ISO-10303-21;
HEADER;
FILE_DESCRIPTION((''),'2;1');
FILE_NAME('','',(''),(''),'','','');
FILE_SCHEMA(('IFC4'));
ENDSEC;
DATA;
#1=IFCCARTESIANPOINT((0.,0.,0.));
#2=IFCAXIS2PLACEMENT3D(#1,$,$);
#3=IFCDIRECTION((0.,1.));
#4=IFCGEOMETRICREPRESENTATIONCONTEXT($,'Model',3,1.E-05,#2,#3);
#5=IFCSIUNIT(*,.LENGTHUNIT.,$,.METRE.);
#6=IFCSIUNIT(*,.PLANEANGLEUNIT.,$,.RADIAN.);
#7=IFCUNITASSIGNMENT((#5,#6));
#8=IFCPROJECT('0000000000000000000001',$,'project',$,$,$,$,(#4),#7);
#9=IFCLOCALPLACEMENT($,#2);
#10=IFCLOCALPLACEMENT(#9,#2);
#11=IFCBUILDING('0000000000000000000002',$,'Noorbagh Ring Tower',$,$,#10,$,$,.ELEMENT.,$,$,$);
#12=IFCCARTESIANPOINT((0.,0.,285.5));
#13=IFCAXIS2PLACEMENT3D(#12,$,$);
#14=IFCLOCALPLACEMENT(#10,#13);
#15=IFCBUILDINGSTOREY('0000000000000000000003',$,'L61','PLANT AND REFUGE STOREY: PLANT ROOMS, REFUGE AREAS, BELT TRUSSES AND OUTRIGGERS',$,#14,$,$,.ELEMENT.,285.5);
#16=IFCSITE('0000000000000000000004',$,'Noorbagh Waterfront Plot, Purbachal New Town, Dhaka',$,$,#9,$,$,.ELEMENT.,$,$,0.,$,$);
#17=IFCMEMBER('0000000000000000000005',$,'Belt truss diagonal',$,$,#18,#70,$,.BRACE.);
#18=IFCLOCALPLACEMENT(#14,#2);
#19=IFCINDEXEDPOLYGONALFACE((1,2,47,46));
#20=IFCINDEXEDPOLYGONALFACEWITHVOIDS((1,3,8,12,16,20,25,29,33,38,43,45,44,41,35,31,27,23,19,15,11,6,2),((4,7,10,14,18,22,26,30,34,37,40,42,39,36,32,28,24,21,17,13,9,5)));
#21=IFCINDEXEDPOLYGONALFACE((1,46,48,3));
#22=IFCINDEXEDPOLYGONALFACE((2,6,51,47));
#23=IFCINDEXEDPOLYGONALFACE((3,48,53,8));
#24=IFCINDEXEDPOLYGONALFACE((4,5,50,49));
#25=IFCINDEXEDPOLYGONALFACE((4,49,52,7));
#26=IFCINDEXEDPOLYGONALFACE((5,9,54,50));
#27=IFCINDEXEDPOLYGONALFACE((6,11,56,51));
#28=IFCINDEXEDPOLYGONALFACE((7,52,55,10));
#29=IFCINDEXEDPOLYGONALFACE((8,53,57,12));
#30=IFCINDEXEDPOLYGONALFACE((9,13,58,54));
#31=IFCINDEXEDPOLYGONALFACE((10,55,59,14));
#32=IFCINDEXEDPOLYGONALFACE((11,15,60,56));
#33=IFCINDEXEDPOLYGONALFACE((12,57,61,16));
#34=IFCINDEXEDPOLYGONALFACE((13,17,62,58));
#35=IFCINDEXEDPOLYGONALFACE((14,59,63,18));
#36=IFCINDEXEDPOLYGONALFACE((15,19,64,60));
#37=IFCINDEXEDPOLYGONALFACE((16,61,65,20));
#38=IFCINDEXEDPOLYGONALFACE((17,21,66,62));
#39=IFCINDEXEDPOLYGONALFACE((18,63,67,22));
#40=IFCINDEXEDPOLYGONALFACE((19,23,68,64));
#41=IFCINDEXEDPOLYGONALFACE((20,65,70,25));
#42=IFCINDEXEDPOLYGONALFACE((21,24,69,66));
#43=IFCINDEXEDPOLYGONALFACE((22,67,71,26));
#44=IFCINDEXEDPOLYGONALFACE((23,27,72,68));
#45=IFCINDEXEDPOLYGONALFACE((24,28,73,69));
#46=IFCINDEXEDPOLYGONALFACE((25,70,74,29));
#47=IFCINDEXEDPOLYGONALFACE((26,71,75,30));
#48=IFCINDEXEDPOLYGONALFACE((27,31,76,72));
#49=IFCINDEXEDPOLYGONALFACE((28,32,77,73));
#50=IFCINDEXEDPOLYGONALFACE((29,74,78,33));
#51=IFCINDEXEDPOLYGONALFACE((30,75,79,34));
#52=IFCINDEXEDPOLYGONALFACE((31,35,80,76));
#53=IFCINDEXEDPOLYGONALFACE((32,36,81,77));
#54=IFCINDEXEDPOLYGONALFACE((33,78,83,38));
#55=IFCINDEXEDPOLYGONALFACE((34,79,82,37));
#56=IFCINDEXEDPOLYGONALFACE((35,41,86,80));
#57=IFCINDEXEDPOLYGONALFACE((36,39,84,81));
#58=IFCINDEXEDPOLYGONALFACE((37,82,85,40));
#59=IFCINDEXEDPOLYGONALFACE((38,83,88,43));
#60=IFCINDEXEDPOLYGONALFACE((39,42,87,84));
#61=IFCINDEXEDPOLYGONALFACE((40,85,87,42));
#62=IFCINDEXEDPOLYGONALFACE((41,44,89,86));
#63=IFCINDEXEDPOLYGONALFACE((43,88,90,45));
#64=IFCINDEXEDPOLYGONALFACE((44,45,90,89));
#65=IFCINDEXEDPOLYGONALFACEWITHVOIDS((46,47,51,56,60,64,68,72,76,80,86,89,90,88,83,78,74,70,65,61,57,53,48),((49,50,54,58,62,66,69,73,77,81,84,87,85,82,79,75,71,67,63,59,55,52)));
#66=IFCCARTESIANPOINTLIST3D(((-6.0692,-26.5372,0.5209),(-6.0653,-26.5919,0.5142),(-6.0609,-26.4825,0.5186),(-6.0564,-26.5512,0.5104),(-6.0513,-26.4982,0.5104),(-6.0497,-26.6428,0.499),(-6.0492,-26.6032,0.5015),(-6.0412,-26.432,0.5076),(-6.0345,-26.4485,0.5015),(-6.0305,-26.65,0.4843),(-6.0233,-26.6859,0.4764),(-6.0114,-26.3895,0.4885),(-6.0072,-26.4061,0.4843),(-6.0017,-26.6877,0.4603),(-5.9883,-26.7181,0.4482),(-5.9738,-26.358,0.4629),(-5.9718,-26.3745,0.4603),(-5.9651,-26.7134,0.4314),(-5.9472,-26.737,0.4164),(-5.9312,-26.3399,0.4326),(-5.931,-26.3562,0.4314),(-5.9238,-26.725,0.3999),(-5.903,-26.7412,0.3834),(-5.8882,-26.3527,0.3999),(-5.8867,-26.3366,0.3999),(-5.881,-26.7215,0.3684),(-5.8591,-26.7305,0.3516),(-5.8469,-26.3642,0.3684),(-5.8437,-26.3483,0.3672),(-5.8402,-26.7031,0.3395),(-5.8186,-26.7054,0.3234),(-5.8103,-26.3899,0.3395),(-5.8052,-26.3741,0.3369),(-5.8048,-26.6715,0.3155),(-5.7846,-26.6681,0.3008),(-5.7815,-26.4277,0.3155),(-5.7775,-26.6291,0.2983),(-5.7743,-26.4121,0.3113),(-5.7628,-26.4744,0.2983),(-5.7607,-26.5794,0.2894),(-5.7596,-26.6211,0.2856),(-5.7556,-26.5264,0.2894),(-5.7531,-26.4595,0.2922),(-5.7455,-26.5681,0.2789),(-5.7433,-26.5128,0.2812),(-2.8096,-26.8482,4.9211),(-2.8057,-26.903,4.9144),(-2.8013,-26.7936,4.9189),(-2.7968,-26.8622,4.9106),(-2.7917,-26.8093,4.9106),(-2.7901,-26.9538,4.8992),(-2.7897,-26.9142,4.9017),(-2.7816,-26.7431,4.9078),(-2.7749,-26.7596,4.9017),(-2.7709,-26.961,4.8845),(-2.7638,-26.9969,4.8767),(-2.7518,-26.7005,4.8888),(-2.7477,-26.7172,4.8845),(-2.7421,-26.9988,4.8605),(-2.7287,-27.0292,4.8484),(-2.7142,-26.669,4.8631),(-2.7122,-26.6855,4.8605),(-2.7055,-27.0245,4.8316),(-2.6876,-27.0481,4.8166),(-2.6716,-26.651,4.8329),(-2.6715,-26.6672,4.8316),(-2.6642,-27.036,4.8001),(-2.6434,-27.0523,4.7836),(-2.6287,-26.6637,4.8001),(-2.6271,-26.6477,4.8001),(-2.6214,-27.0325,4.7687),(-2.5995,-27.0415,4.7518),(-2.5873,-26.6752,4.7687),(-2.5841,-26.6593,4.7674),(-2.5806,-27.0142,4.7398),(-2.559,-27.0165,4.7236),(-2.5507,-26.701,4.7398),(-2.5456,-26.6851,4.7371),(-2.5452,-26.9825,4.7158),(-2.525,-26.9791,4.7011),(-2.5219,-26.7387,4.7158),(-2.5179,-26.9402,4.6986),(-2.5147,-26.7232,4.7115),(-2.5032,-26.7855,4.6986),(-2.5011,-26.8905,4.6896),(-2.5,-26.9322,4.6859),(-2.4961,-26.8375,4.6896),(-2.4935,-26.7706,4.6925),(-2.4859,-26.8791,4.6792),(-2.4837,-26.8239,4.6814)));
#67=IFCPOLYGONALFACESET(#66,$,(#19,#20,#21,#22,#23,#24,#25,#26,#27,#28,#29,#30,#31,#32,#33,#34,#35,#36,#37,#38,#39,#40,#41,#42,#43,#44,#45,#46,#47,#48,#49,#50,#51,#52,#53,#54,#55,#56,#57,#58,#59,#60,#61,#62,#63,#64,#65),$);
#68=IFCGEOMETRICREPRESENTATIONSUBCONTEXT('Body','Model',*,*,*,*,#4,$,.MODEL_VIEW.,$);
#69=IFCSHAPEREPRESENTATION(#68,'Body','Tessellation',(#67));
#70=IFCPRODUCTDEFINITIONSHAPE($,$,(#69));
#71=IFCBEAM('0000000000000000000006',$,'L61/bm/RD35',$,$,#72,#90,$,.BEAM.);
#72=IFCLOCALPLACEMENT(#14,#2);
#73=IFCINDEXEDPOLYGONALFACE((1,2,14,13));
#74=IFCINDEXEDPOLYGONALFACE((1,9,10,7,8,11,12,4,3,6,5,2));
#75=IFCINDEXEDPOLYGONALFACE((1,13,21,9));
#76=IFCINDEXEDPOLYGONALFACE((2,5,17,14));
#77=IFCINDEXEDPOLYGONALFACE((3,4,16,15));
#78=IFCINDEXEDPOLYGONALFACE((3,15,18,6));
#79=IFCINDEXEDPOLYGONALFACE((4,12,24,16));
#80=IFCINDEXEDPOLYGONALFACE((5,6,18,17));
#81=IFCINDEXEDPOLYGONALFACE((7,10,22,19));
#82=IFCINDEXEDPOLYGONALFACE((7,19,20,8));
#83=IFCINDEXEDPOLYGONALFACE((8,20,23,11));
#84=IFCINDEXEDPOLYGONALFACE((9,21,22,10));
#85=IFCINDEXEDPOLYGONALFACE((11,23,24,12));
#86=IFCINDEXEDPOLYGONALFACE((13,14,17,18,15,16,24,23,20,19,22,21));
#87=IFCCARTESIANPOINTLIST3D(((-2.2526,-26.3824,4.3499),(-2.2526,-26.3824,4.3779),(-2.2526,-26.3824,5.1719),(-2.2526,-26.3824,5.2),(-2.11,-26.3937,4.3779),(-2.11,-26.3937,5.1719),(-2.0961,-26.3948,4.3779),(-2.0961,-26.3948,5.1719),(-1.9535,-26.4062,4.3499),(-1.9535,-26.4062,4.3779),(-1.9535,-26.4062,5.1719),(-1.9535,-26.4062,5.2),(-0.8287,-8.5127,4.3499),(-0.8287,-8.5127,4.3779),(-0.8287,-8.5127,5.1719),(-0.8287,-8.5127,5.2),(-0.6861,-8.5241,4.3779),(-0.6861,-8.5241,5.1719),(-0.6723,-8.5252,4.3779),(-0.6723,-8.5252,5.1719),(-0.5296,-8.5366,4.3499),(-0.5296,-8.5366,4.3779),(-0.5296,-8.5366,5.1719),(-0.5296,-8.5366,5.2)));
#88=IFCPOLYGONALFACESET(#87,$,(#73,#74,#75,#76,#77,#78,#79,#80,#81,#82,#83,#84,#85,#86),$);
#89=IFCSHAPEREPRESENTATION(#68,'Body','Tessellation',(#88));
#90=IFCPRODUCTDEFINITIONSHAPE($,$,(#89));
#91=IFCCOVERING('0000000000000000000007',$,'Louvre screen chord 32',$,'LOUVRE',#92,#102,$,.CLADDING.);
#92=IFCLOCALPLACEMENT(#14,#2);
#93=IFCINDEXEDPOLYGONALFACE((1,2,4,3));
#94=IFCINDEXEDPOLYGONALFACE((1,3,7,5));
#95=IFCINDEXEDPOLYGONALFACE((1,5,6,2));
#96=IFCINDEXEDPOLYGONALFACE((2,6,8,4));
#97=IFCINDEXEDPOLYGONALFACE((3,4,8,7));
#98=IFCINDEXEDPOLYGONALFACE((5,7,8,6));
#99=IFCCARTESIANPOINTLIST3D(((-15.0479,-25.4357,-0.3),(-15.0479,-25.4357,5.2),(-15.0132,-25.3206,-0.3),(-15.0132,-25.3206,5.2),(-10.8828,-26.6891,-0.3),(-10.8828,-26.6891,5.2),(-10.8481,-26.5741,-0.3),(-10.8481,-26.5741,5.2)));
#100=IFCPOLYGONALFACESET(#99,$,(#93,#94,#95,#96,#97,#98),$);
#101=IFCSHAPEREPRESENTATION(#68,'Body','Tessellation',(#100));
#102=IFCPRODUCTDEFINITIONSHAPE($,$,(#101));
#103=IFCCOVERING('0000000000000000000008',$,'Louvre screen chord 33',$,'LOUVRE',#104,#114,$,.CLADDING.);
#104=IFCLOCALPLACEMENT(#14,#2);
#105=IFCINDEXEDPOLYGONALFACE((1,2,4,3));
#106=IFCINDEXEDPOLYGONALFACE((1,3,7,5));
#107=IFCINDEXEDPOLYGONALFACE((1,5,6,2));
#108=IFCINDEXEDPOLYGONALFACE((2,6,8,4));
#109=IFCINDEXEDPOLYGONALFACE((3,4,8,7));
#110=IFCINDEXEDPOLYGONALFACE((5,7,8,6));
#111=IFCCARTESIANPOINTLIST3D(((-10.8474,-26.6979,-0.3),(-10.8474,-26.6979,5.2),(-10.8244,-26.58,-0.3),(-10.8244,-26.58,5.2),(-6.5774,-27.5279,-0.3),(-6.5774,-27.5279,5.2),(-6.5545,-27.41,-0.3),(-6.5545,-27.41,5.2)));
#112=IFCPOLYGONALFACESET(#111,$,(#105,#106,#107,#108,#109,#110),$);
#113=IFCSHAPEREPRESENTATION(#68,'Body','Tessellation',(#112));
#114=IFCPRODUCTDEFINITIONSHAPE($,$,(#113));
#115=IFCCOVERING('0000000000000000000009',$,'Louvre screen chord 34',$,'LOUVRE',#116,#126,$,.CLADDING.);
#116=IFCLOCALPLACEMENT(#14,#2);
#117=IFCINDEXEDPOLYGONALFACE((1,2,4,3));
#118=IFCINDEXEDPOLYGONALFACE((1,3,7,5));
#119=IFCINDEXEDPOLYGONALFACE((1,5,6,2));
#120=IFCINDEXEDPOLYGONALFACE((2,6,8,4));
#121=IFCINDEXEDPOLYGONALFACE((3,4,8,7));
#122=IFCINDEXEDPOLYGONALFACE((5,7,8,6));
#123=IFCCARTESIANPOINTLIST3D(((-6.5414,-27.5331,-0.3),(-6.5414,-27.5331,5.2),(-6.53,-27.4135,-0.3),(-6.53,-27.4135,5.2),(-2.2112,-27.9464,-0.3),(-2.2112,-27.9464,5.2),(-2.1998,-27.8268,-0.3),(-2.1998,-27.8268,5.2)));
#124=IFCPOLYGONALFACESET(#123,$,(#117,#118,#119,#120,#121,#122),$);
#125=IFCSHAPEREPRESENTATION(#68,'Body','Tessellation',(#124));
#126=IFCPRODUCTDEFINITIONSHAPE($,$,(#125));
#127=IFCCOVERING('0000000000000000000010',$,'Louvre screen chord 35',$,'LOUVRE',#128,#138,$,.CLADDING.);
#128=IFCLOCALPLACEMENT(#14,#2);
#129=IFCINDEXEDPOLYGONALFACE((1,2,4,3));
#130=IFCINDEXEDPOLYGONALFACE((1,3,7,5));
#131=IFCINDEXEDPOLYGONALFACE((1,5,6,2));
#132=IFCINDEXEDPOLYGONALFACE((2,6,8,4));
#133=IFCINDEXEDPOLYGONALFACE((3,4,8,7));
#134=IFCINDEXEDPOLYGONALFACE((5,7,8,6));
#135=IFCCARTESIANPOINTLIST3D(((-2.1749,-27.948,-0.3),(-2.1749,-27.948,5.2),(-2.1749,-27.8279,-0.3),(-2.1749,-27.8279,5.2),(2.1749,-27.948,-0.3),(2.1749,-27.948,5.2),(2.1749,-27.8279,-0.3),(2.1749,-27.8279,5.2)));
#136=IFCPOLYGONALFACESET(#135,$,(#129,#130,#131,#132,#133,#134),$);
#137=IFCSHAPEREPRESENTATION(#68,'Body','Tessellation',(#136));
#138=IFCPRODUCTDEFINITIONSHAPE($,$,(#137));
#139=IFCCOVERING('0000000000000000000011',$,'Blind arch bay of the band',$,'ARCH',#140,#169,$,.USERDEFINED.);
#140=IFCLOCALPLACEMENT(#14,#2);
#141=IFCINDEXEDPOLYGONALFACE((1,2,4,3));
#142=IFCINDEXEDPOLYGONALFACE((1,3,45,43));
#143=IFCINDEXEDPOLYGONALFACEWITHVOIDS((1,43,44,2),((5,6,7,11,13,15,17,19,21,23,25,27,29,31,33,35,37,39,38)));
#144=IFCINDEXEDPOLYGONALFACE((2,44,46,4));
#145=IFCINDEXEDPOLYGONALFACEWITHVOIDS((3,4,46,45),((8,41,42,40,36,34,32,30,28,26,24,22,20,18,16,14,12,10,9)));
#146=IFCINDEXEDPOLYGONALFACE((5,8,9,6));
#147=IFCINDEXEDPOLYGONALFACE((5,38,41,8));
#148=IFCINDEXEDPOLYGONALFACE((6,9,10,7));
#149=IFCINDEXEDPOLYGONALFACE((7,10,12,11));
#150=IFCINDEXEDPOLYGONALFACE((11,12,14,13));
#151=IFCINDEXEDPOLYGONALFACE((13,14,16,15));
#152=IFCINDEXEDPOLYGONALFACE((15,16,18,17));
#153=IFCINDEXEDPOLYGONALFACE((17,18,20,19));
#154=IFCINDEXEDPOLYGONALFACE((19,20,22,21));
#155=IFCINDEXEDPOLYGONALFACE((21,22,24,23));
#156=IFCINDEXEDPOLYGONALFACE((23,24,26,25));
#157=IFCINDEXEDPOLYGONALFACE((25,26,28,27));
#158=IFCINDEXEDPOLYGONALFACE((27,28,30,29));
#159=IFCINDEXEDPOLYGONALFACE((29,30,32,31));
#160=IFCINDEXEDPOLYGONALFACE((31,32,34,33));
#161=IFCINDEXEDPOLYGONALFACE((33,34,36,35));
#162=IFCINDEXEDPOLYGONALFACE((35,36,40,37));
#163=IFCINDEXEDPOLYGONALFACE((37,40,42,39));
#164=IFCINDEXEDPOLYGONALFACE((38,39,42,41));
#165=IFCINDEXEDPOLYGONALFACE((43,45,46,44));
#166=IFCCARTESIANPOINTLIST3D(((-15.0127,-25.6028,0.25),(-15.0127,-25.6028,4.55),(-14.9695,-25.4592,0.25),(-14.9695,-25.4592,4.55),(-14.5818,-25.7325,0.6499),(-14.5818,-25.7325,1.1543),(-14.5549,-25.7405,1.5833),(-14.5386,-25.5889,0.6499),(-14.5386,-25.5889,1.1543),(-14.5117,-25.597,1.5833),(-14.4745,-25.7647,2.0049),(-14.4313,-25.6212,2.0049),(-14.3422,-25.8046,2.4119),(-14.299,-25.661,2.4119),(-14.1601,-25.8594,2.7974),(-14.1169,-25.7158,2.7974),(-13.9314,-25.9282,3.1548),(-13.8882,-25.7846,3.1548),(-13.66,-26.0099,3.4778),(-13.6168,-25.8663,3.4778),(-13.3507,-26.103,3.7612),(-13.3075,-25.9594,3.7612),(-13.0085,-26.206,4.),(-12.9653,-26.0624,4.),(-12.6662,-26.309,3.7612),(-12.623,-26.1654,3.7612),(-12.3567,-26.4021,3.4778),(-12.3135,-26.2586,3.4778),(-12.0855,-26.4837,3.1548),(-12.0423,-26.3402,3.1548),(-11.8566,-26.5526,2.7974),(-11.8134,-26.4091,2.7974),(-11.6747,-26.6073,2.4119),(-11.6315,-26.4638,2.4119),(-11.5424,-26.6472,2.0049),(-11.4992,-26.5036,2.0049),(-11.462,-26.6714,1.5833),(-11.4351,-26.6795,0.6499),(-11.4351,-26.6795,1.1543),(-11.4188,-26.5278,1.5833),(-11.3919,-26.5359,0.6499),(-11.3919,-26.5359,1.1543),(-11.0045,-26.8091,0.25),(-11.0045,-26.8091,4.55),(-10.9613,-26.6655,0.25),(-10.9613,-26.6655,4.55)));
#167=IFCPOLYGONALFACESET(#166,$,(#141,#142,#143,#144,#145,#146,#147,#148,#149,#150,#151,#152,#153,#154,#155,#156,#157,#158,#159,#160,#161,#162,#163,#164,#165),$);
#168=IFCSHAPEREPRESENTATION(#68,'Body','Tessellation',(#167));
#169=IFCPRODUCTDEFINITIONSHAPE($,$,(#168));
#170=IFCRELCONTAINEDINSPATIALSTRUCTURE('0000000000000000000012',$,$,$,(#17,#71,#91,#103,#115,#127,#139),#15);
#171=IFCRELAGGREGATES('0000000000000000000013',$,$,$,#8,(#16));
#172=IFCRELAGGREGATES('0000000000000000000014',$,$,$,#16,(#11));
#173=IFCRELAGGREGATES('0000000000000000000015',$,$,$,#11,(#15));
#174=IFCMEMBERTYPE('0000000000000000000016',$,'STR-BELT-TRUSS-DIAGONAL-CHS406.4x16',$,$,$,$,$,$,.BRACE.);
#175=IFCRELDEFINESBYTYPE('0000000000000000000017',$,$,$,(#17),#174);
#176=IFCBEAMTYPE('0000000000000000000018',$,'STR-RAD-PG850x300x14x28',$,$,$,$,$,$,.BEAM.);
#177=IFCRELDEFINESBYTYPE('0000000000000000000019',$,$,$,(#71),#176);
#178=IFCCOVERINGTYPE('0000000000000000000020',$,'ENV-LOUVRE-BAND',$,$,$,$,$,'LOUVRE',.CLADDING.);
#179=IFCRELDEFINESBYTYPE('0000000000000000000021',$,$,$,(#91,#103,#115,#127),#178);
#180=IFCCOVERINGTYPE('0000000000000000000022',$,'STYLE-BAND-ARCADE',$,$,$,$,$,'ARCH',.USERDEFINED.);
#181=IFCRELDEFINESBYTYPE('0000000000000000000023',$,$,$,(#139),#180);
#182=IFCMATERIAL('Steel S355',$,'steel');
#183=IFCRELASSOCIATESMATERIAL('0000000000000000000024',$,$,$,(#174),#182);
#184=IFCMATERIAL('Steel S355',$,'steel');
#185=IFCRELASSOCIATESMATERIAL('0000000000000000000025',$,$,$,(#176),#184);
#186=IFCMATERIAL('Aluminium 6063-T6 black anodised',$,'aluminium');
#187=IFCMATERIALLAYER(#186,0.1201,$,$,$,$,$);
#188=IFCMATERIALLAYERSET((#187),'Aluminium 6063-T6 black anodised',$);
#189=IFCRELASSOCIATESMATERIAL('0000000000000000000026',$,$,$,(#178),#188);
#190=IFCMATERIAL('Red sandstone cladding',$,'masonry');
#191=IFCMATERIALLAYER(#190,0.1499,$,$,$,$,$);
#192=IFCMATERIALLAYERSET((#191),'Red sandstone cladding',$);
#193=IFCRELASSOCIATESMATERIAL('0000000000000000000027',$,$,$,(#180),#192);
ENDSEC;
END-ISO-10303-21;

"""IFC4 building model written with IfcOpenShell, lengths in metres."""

from ifc_helpers import new_model, si_unit, direction, frame, origin, origin_2d, place, context, subcontext, project, spatial, polyline, rectangle, hollow_circle, i_section, outline, extrude, material, layer, layer_set, material_profile, profile_set, type_object, element, save


model = new_model("IFC4")

# Units and contexts
model_context = context("Model", 3, precision=1e-05, world=origin(), true_north=direction((0.0, 1.0)))
body_context = subcontext(model_context, "Body", "Model", "MODEL_VIEW")
ifc_project = project(units=[si_unit("LENGTHUNIT", "METRE"), si_unit("PLANEANGLEUNIT", "RADIAN")], contexts=[model_context])

# Site, building, storey
site_placement = place(None, origin())
site = spatial("IfcSite", under=ifc_project, at=site_placement, Name="Noorbagh Waterfront Plot, Purbachal New Town, Dhaka", CompositionType="ELEMENT", RefElevation=0.0)
building_placement = place(site_placement, origin())
building = spatial("IfcBuilding", under=site, at=building_placement, Name="Noorbagh Ring Tower", CompositionType="ELEMENT")
storey_placement = place(building_placement, frame((0.0, 0.0, 285.5)))
storey = spatial("IfcBuildingStorey", under=building, at=storey_placement, Name="L61", Description="PLANT AND REFUGE STOREY: PLANT ROOMS, REFUGE AREAS, BELT TRUSSES AND OUTRIGGERS", CompositionType="ELEMENT", Elevation=285.5)

# Member
ifc_material_1 = material(Name="Steel S355", Category="steel")
ifc_material_profile_1 = material_profile(ifc_material_1, hollow_circle(Radius=0.2031, WallThickness=0.0161, at=origin_2d()), Name="CHS406.4x16")
ifc_profile_set_1 = profile_set([ifc_material_profile_1], Name="Steel S355")
member_type = type_object("IfcMemberType", Name="STR-BELT-TRUSS-DIAGONAL-CHS406.4x16", PredefinedType="BRACE", material=ifc_profile_set_1)
member_1_placement = place(storey_placement, frame((-5.906, -26.5388, 0.3999), z_axis=(0.594288, -0.056709, 0.802251), x_axis=(0.094992, 0.995478, 0.0)))
element("IfcMember", 1, at=member_1_placement, inside=storey, type_object=member_type, Name="Belt truss diagonal", PredefinedType="BRACE", context=body_context, shape_type="SweptSolid", body=[
    extrude(hollow_circle(Radius=0.2031, WallThickness=0.0161, at=origin_2d()), origin(), (0.0, 0.0, 1.0), 5.4849),
])

# Beam
ifc_material_2 = material(Name="Steel S355", Category="steel")
ifc_material_profile_2 = material_profile(ifc_material_2, i_section(OverallWidth=0.3, OverallDepth=0.8501, WebThickness=0.0139, FlangeThickness=0.0281, at=origin_2d()), Name="PG850x300x14x28")
ifc_profile_set_2 = profile_set([ifc_material_profile_2], Name="Steel S355")
beam_type_1 = type_object("IfcBeamType", Name="STR-RAD-PG850x300x14x28", PredefinedType="BEAM", material=ifc_profile_set_2)
beam_placement = place(storey_placement, frame((-2.103, -26.3943, 4.7749), z_axis=(0.079427, 0.996841, 0.0), x_axis=(-0.996841, 0.079427, 0.0)))
element("IfcBeam", 2, at=beam_placement, inside=storey, type_object=beam_type_1, Name="L61/bm/RD35", PredefinedType="BEAM", context=body_context, shape_type="SweptSolid", body=[
    extrude(i_section(OverallWidth=0.3, OverallDepth=0.8501, WebThickness=0.0139, FlangeThickness=0.0281, at=origin_2d()), origin(), (0.0, 0.0, 1.0), 17.9263),
])

# Coverings
ifc_material_3 = material(Name="Aluminium 6063-T6 black anodised", Category="aluminium")
ifc_layer_1 = layer(ifc_material_3, 0.1201)
ifc_layer_set_1 = layer_set([ifc_layer_1], Name="Aluminium 6063-T6 black anodised")
covering_type_1 = type_object("IfcCoveringType", Name="ENV-LOUVRE-BAND", ElementType="LOUVRE", PredefinedType="CLADDING", material=ifc_layer_set_1)
covering_1_placement = place(storey_placement, frame((-12.948, -26.0049, -0.3), z_axis=(0.0, 0.0, 1.0), x_axis=(0.957578, -0.288174, 0.0)))
element("IfcCovering", 3, at=covering_1_placement, inside=storey, type_object=covering_type_1, Name="Louvre screen chord 32", ObjectType="LOUVRE", PredefinedType="CLADDING", context=body_context, shape_type="SweptSolid", body=[
    extrude(rectangle(XDim=4.3496, YDim=0.1201, at=origin_2d()), origin(), (0.0, 0.0, 1.0), 5.5),
])
for number, where, z_axis, x_axis, name in (
    (4, (-8.7009, -27.054, -0.3), (0.0, 0.0, 1.0), (0.981625, -0.19082, 0.0), "Louvre screen chord 33"),
    (5, (-4.3706, -27.6799, -0.3), (0.0, 0.0, 1.0), (0.995476, -0.095008, 0.0), "Louvre screen chord 34"),
    (6, (0.0, -27.8879, -0.3), (0.0, 0.0, 1.0), (1.0, 0.0, 0.0), "Louvre screen chord 35"),
):
    element("IfcCovering", number, at=place(storey_placement, frame(where, z_axis=z_axis, x_axis=x_axis)), inside=storey, type_object=covering_type_1, Name=name, ObjectType="LOUVRE", PredefinedType="CLADDING", context=body_context, shape_type="SweptSolid", body=[
        extrude(rectangle(XDim=4.3499, YDim=0.1201, at=origin_2d()), origin(), (0.0, 0.0, 1.0), 5.5),
    ])
ifc_material_4 = material(Name="Red sandstone cladding", Category="masonry")
ifc_layer_2 = layer(ifc_material_4, 0.1499)
ifc_layer_set_2 = layer_set([ifc_layer_2], Name="Red sandstone cladding")
covering_type_2 = type_object("IfcCoveringType", Name="STYLE-BAND-ARCADE", ElementType="ARCH", PredefinedType="USERDEFINED", material=ifc_layer_set_2)
covering_2_placement = place(storey_placement, frame((-15.0127, -25.6028, 0.25), z_axis=(-0.288183, -0.957575, 0.0), x_axis=(0.957575, -0.288183, 0.0)))
element("IfcCovering", 7, at=covering_2_placement, inside=storey, type_object=covering_type_2, Name="Blind arch bay of the band", ObjectType="ARCH", PredefinedType="USERDEFINED", context=body_context, shape_type="SweptSolid", body=[
    extrude(outline(polyline([(0.0, 0.0), (4.1858, 0.0), (4.1858, 4.3), (0.0, 4.3), (0.0, 0.0)]), holes=[polyline([(0.45, 0.3999), (0.45, 0.9043), (0.478, 1.3333), (0.562, 1.7549), (0.7002, 2.1619), (0.8904, 2.5474), (1.1292, 2.9048), (1.4126, 3.2278), (1.7356, 3.5112), (2.093, 3.75), (2.4504, 3.5112), (2.7737, 3.2278), (3.0569, 2.9048), (3.2959, 2.5474), (3.4858, 2.1619), (3.624, 1.7549), (3.708, 1.3333), (3.7361, 0.9043), (3.7361, 0.3999), (0.45, 0.3999)])]), origin(), (0.0, 0.0, -1.0), 0.1499),
])

save(model, "model.ifc")
